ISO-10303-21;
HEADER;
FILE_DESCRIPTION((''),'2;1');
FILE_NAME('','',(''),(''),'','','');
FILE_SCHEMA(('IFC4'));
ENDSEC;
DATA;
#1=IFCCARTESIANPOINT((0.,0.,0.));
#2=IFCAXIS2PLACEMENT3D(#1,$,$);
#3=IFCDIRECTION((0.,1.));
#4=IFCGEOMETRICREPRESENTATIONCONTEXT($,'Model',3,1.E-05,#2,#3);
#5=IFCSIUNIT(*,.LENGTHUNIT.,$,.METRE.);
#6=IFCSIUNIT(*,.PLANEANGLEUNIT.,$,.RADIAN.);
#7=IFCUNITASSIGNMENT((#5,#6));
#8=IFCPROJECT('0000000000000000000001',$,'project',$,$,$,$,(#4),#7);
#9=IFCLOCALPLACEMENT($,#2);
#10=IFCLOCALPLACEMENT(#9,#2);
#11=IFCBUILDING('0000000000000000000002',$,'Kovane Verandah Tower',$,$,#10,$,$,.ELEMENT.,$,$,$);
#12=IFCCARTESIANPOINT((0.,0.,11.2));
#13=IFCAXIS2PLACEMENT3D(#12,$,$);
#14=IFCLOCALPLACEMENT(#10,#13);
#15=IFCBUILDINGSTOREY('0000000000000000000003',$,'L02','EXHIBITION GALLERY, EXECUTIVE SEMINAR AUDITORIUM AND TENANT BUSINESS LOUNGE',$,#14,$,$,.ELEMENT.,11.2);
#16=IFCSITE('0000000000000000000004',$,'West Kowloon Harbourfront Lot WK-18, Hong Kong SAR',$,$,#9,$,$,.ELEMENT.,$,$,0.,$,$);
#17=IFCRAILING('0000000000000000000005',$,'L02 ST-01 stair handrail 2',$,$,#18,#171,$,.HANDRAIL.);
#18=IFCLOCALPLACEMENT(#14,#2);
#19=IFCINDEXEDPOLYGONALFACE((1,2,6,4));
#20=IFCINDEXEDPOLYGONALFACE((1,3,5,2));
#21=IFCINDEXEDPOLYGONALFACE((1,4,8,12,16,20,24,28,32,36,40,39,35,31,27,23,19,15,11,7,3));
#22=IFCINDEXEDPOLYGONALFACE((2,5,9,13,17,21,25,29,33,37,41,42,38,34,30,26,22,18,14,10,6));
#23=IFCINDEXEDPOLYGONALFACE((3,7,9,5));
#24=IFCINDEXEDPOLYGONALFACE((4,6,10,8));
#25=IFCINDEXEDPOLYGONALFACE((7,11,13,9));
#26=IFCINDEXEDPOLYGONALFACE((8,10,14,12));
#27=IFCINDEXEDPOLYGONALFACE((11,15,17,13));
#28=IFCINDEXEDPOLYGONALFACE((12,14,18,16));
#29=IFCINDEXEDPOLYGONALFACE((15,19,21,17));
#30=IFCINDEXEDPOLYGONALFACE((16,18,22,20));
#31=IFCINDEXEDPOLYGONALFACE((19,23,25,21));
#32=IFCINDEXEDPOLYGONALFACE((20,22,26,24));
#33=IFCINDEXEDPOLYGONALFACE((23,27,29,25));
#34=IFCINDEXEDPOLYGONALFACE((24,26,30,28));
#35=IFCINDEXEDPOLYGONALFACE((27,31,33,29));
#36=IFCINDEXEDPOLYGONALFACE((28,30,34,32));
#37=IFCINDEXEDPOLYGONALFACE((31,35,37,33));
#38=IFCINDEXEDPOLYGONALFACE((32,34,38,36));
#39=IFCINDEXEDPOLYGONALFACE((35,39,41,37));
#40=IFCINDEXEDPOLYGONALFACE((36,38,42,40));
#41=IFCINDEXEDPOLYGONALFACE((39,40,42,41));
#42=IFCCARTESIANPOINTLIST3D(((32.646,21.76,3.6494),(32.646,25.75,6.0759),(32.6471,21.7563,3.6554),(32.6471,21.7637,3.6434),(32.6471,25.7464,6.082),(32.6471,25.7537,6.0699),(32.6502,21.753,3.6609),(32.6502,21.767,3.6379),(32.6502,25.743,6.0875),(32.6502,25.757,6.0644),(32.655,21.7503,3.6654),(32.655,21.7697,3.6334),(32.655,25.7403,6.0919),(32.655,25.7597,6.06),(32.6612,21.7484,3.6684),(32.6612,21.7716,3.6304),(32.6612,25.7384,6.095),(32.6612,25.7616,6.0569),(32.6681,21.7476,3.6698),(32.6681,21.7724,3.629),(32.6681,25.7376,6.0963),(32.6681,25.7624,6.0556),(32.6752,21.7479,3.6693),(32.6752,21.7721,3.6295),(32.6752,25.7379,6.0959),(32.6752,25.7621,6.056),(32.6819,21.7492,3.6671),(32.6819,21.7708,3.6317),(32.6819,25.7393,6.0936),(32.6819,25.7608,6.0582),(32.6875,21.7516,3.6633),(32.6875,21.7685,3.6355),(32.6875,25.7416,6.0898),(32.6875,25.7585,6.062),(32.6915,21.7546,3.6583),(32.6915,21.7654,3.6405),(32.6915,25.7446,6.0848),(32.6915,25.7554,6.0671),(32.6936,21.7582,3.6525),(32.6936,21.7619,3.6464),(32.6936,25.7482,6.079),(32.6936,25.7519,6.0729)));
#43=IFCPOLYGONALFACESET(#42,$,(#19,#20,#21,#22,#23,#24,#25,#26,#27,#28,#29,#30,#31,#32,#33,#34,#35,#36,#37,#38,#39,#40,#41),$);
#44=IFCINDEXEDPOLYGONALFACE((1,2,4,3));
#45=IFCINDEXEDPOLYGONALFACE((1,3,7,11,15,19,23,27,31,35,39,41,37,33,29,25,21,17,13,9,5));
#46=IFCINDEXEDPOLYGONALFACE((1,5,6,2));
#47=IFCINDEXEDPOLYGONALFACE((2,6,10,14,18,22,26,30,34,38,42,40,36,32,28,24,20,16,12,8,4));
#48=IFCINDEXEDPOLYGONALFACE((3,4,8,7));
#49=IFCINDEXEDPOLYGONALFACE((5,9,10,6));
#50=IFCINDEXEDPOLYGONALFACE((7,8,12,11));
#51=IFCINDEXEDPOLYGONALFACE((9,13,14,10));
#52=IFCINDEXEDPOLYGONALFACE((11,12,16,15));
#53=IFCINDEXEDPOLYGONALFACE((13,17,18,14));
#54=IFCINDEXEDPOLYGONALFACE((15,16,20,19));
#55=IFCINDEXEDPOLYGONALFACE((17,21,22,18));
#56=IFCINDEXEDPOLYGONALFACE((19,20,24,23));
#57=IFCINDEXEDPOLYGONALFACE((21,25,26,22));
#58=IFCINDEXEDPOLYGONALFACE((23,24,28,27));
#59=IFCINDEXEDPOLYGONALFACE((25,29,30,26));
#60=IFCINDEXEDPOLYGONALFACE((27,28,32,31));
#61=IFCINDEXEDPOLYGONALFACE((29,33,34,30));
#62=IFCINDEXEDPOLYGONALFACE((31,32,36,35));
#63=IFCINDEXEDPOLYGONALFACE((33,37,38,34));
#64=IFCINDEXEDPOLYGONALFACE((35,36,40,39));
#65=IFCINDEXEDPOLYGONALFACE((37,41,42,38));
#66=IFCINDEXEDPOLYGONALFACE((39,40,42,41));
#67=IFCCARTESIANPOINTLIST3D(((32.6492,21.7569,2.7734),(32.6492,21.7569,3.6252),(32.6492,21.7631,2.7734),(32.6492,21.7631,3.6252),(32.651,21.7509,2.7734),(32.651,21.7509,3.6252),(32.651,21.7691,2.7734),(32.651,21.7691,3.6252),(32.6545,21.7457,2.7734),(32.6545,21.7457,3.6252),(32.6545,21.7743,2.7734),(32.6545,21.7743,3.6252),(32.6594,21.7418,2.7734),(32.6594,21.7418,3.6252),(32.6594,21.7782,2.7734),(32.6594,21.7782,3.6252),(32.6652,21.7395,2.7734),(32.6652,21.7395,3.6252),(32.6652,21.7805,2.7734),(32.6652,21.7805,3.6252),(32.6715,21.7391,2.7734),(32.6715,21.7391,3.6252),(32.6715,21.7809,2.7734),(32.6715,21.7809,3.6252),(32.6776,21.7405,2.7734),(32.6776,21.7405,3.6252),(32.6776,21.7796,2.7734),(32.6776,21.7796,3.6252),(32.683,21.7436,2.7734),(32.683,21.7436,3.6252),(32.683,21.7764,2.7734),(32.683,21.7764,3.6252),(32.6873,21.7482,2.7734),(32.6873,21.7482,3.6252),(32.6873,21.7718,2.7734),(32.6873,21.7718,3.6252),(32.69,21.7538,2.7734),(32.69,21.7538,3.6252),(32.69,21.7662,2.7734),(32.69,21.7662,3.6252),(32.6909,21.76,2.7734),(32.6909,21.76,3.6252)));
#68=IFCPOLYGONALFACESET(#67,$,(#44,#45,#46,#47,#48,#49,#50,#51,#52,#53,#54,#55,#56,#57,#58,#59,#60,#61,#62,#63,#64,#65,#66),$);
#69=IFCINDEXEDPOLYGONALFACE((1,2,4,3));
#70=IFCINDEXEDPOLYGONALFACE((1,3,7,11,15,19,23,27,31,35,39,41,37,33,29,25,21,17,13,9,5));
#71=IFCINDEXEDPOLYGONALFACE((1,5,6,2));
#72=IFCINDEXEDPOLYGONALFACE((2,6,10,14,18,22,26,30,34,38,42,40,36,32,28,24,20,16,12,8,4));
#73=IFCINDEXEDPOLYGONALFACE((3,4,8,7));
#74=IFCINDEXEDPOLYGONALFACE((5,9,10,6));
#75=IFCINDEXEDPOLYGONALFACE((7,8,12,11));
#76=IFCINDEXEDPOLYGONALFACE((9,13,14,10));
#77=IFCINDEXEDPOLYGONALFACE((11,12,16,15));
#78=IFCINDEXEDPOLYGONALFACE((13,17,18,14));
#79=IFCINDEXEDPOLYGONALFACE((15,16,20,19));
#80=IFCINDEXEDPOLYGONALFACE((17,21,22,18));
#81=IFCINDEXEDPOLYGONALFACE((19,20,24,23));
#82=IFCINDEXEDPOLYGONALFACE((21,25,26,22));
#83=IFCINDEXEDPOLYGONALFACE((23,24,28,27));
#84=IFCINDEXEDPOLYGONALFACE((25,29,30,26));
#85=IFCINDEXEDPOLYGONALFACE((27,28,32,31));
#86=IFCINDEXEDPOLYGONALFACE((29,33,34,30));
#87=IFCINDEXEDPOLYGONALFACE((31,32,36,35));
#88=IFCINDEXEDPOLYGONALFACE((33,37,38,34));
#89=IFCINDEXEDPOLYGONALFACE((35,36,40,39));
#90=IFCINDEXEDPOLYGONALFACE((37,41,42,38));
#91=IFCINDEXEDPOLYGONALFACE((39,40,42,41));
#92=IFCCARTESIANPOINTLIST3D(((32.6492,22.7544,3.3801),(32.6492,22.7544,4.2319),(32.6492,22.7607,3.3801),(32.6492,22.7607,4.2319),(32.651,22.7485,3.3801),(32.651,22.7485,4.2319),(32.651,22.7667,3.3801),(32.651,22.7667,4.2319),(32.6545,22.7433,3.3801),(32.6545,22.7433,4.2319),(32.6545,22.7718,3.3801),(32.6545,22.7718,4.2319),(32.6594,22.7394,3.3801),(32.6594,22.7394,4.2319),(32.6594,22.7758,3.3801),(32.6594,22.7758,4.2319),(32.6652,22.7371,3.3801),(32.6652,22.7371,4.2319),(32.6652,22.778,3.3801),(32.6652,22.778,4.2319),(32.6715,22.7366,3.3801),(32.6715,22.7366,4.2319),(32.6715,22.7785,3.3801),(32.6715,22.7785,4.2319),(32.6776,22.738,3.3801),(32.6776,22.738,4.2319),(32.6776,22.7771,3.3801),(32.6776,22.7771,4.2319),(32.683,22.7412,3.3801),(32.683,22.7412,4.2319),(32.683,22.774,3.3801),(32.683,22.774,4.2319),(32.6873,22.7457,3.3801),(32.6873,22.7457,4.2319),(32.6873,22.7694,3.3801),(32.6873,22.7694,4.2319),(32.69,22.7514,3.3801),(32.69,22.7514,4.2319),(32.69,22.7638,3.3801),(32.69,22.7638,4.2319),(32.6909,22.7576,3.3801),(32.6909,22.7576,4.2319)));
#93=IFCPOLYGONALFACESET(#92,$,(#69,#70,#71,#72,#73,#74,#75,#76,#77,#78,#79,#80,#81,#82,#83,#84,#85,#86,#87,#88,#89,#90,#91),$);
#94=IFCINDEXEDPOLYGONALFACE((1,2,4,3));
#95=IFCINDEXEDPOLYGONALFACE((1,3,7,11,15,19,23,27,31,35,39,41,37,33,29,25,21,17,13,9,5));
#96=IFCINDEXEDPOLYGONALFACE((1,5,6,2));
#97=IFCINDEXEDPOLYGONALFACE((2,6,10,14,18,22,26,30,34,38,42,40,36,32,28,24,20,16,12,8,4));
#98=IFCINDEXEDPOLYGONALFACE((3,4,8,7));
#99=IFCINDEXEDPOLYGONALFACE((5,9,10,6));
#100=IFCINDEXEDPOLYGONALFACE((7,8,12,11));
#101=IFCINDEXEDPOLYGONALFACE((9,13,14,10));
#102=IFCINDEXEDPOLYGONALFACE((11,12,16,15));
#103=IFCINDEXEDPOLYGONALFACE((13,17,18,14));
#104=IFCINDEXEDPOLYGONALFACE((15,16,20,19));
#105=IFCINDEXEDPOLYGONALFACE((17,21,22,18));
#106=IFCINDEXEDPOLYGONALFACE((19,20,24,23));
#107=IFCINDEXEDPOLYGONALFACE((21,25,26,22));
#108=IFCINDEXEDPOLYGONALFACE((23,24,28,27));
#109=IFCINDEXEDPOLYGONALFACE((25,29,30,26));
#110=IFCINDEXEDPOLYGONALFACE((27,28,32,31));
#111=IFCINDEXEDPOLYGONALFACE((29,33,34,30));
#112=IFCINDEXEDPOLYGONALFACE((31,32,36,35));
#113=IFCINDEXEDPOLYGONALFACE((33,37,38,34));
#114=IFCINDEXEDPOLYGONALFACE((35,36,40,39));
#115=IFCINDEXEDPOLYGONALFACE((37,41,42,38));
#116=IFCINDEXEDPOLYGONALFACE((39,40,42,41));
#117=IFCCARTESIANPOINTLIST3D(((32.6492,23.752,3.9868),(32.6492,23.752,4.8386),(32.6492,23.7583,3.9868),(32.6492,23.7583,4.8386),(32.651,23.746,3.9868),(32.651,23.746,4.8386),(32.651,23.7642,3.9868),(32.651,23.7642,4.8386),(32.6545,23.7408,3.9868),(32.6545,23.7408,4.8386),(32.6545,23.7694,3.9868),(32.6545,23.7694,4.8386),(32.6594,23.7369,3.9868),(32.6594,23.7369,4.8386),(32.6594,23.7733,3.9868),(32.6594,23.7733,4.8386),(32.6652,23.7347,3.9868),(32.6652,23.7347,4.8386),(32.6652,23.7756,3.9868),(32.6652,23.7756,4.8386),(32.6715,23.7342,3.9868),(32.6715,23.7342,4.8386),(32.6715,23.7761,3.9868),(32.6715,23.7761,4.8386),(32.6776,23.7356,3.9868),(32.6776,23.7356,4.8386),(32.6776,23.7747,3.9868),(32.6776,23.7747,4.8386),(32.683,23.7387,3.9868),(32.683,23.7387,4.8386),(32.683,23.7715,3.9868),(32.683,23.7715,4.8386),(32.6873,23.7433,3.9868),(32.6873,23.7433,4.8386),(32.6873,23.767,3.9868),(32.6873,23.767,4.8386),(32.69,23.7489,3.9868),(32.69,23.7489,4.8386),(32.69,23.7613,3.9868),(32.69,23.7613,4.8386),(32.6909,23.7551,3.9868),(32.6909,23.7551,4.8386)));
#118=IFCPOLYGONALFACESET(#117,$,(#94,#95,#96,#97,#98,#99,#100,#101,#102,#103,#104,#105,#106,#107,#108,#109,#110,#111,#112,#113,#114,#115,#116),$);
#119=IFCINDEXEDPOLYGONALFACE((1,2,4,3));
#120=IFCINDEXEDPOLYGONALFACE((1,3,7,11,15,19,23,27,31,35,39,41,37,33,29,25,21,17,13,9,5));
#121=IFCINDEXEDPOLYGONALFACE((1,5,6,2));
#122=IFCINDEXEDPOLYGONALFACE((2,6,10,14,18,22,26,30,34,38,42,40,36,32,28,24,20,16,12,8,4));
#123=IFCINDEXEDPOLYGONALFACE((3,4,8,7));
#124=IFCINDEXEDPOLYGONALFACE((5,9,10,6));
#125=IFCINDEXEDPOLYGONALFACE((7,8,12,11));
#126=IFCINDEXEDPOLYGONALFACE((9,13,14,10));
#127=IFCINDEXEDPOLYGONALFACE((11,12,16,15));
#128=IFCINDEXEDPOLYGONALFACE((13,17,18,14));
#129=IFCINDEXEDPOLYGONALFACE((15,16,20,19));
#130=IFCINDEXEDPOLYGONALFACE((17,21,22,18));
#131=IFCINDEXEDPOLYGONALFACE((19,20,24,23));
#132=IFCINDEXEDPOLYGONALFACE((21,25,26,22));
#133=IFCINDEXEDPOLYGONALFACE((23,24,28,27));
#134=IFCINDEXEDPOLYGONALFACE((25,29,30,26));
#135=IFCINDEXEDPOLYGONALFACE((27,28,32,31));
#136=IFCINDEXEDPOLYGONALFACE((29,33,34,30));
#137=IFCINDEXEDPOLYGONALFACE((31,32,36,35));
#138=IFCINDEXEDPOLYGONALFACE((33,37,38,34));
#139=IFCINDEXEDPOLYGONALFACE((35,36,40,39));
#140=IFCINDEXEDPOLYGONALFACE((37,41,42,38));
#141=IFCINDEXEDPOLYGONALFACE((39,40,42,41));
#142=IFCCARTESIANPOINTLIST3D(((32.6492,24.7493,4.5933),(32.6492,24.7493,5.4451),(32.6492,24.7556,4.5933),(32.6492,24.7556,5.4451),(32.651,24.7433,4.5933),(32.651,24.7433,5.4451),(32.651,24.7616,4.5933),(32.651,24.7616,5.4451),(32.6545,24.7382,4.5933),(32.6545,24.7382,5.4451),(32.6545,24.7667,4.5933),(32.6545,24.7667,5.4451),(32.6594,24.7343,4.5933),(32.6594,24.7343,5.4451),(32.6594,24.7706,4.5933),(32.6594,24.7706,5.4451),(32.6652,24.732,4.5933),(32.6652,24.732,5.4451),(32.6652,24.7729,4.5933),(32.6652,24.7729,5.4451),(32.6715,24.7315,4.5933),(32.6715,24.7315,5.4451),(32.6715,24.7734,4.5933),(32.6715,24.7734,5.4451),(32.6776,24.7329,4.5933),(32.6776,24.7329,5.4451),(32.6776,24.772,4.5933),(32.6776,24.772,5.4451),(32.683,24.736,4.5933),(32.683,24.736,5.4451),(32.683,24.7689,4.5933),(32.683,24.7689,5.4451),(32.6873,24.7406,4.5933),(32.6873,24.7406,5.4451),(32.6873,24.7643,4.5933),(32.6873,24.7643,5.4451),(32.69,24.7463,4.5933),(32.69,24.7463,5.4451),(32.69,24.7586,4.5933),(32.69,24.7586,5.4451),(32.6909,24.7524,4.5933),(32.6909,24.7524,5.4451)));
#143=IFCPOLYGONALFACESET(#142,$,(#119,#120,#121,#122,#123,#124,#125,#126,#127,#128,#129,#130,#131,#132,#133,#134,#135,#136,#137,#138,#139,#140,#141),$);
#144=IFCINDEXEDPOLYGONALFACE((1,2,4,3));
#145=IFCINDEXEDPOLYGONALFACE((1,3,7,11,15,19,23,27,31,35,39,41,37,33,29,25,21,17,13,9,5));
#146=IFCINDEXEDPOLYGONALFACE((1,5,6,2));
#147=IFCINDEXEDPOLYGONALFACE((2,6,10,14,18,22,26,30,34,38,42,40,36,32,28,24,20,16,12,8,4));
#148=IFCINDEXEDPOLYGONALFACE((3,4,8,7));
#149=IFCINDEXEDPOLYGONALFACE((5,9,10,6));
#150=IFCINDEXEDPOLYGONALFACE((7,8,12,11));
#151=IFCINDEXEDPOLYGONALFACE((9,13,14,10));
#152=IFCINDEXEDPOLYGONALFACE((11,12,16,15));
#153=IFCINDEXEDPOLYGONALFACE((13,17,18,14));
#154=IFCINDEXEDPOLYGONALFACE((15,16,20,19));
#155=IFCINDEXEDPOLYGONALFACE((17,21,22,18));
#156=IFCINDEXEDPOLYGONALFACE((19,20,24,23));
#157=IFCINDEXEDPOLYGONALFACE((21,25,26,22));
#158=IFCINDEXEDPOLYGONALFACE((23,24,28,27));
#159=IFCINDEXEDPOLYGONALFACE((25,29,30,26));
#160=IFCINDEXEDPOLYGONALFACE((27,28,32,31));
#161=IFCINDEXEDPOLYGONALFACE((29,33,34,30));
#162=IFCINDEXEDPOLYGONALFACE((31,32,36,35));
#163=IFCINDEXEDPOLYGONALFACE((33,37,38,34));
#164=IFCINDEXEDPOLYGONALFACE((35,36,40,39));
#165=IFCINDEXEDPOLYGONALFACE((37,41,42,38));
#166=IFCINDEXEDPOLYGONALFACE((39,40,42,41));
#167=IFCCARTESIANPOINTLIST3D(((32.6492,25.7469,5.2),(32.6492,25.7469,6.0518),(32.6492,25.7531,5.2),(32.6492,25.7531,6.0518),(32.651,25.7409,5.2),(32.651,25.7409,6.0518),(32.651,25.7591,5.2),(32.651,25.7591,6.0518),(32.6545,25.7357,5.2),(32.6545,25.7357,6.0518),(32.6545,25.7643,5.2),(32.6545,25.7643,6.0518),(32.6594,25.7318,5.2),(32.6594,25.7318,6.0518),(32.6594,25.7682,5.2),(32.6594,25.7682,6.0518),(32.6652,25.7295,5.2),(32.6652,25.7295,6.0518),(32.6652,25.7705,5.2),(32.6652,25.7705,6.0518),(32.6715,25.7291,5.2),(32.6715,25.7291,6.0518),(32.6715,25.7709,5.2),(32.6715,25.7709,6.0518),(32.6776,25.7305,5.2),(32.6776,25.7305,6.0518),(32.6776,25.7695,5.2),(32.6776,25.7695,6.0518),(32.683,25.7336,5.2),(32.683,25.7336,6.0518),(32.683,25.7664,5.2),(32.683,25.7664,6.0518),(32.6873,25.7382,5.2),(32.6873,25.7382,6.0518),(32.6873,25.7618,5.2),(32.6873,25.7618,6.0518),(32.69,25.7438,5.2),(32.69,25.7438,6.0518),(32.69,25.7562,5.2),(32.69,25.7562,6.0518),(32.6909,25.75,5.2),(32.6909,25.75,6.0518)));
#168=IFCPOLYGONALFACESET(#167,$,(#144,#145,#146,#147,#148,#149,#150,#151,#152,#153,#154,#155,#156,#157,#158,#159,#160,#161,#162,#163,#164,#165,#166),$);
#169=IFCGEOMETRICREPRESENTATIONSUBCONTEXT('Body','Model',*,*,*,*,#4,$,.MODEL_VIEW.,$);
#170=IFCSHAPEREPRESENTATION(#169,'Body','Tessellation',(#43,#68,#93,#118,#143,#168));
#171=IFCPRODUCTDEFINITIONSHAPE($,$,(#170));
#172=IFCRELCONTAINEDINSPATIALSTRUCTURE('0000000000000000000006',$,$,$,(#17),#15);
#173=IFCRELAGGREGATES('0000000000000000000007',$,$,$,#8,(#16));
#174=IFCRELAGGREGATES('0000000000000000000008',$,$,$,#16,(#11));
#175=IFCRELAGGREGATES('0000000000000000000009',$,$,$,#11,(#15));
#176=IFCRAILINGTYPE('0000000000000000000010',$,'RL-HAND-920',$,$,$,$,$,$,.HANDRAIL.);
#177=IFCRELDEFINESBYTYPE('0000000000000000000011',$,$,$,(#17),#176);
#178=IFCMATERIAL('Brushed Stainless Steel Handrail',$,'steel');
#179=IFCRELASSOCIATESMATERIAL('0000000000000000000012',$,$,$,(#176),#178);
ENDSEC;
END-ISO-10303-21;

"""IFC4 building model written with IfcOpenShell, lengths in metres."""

from ifc_helpers import new_model, si_unit, direction, frame, origin, origin_2d, place, context, subcontext, project, spatial, circle, extrude, material, type_object, element, save


model = new_model("IFC4")

# Units and contexts
model_context = context("Model", 3, precision=1e-05, world=origin(), true_north=direction((0.0, 1.0)))
body_context = subcontext(model_context, "Body", "Model", "MODEL_VIEW")
ifc_project = project(units=[si_unit("LENGTHUNIT", "METRE"), si_unit("PLANEANGLEUNIT", "RADIAN")], contexts=[model_context])

# Site, building, storey
site_placement = place(None, origin())
site = spatial("IfcSite", under=ifc_project, at=site_placement, Name="West Kowloon Harbourfront Lot WK-18, Hong Kong SAR", CompositionType="ELEMENT", RefElevation=0.0)
building_placement = place(site_placement, origin())
building = spatial("IfcBuilding", under=site, at=building_placement, Name="Kovane Verandah Tower", CompositionType="ELEMENT")
storey_placement = place(building_placement, frame((0.0, 0.0, 11.2)))
storey = spatial("IfcBuildingStorey", under=building, at=storey_placement, Name="L02", Description="EXHIBITION GALLERY, EXECUTIVE SEMINAR AUDITORIUM AND TENANT BUSINESS LOUNGE", CompositionType="ELEMENT", Elevation=11.2)

# Railing
ifc_material_1 = material(Name="Brushed Stainless Steel Handrail", Category="steel")
railing_type_1 = type_object("IfcRailingType", Name="RL-HAND-920", PredefinedType="HANDRAIL", material=ifc_material_1)
railing_1_placement = place(storey_placement, frame((32.6699, 21.76, 2.7734)))
element("IfcRailing", 1, at=railing_1_placement, inside=storey, type_object=railing_type_1, Name="L02 ST-01 stair handrail 2", PredefinedType="HANDRAIL", context=body_context, shape_type="SweptSolid", body=[
    extrude(circle(Radius=0.0239, at=origin_2d()), frame((0.0, 0.0, 0.876), z_axis=(0.0, 0.854405, 0.519607), x_axis=(-1.0, 0.0, 0.0)), (0.0, 0.0, 1.0), 4.6699),
    extrude(circle(Radius=0.021, at=origin_2d()), origin(), (0.0, 0.0, 1.0), 0.8518),
    extrude(circle(Radius=0.021, at=origin_2d()), frame((0.0, 0.9976, 0.6067)), (0.0, 0.0, 1.0), 0.8518),
    extrude(circle(Radius=0.021, at=origin_2d()), frame((0.0, 1.9951, 1.2134)), (0.0, 0.0, 1.0), 0.8518),
    extrude(circle(Radius=0.021, at=origin_2d()), frame((0.0, 2.9924, 1.8198)), (0.0, 0.0, 1.0), 0.8518),
    extrude(circle(Radius=0.021, at=origin_2d()), frame((0.0, 3.99, 2.4265)), (0.0, 0.0, 1.0), 0.8518),
])

save(model, "model.ifc")
